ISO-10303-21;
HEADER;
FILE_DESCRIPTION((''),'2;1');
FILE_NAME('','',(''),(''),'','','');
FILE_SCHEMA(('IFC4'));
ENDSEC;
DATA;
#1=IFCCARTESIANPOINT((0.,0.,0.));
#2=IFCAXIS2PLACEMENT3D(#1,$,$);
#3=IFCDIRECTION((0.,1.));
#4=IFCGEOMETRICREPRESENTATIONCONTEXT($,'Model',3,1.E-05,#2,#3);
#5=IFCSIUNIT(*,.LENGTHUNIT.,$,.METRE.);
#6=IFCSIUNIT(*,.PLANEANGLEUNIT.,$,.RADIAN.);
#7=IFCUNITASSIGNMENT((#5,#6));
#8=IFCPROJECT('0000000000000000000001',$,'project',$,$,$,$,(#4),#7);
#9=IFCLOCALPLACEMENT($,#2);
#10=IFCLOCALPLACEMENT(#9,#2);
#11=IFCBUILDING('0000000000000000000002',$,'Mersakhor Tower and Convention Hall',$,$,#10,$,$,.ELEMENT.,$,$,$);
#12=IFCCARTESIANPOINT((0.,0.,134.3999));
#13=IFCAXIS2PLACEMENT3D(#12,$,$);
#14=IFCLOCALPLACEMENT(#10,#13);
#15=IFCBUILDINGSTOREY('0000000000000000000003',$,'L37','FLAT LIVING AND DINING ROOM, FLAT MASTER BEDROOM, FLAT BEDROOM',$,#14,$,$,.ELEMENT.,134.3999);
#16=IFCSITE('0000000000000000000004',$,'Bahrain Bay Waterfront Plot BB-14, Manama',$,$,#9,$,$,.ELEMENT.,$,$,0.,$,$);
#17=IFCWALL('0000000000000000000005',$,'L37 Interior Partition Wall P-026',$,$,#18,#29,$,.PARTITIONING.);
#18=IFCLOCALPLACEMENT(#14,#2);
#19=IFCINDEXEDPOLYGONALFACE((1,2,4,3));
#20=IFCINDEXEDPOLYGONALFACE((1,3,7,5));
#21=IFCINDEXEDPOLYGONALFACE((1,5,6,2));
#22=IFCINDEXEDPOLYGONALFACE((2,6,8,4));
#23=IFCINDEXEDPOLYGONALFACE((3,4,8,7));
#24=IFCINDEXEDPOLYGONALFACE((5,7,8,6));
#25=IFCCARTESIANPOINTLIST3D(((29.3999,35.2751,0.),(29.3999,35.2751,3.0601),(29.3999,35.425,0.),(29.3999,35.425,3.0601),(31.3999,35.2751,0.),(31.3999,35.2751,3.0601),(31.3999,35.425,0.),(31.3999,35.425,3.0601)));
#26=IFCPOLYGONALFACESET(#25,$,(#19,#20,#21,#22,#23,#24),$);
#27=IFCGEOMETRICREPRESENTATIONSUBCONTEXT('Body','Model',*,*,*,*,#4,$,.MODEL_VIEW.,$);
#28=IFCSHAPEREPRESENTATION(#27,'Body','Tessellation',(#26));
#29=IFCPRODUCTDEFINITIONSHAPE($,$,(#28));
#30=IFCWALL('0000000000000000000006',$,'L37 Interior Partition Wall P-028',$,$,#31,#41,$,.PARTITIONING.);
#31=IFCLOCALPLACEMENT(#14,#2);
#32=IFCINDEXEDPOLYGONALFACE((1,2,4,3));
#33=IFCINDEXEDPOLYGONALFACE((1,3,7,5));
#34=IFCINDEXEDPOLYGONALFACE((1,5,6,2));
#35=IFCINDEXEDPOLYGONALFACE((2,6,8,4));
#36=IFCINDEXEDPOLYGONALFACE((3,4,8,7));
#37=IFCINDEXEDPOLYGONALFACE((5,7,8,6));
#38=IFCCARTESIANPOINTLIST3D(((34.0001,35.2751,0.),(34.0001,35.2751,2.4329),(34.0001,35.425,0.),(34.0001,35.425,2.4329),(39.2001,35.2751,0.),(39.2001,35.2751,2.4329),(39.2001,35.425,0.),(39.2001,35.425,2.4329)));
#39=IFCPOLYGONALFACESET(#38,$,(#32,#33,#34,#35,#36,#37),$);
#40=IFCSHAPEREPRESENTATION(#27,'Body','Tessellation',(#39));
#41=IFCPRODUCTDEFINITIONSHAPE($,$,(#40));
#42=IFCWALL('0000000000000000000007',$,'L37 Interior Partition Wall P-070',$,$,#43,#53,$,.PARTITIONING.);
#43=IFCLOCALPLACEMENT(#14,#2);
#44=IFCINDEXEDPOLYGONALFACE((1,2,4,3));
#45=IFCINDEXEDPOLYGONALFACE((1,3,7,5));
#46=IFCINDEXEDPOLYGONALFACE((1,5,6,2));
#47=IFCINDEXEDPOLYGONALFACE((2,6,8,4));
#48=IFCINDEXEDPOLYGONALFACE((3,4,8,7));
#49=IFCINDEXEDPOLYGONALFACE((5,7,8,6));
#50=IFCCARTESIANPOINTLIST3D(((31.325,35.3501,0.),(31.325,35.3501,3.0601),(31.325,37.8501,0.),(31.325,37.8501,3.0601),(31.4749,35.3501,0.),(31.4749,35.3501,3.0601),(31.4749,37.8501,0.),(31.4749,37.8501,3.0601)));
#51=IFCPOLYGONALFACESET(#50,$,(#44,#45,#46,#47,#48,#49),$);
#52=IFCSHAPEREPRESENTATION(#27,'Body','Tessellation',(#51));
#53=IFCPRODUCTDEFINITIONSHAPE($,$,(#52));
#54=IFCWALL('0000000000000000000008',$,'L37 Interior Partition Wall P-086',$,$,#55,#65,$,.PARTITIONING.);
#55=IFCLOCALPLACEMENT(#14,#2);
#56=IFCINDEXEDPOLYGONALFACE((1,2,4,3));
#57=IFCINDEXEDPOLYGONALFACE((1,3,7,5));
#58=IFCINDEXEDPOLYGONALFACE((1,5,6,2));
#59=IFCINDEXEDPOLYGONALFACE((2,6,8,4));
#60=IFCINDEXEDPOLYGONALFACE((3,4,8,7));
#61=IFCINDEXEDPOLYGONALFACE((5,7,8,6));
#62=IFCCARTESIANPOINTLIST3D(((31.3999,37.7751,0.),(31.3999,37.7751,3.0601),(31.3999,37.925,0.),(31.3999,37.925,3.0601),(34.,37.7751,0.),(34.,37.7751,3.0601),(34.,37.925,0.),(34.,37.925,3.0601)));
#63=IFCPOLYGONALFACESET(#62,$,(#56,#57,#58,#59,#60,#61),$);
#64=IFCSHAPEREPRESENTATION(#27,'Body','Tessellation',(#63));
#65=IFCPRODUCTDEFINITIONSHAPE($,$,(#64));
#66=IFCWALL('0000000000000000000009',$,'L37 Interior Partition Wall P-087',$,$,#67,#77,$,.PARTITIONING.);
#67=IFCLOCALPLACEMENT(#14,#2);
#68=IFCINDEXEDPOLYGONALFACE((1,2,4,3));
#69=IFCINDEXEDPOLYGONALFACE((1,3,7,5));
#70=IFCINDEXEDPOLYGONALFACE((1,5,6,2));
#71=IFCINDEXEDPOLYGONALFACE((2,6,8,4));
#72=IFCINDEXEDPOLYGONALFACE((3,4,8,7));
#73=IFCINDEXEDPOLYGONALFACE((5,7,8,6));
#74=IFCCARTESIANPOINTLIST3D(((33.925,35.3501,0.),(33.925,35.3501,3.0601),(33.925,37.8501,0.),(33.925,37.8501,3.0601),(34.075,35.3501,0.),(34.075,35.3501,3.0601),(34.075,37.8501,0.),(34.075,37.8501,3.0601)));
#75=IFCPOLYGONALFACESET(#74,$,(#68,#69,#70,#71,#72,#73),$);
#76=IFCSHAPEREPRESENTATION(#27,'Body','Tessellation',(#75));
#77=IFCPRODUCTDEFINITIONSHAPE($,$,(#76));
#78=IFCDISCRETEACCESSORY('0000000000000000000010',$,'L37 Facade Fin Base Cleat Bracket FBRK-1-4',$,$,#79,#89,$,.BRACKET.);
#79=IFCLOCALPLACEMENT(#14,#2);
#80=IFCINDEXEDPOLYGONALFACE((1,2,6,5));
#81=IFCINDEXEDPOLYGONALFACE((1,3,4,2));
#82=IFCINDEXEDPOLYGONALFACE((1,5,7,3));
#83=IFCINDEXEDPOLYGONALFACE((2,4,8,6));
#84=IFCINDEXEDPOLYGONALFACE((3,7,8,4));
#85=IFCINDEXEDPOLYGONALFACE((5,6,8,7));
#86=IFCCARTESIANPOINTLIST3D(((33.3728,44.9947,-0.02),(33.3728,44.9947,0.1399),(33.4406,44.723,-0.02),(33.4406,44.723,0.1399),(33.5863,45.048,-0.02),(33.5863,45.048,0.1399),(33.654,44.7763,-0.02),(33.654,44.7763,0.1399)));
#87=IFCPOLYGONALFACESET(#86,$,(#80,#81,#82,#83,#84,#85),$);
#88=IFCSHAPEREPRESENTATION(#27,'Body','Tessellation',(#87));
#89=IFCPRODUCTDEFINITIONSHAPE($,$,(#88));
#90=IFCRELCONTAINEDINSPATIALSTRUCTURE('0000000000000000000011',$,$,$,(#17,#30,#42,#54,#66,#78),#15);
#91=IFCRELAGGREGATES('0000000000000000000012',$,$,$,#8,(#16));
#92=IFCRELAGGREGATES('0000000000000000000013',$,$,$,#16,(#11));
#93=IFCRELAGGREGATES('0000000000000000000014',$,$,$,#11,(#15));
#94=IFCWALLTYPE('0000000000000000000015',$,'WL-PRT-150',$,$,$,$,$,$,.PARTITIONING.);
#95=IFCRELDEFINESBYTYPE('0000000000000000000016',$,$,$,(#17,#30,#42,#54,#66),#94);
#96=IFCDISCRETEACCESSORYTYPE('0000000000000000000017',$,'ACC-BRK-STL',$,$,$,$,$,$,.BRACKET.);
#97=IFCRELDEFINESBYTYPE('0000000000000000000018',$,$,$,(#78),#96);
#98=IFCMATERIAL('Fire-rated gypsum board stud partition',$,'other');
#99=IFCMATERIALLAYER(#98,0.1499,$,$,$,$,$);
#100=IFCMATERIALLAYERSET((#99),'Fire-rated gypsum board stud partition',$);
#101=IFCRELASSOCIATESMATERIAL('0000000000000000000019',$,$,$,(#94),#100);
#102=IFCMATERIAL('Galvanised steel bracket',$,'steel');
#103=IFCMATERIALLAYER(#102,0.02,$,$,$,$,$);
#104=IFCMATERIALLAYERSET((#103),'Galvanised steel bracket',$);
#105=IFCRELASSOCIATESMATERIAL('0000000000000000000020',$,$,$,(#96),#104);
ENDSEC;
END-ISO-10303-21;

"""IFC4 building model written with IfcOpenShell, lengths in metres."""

from ifc_helpers import new_model, si_unit, direction, frame, frame_2d, origin, origin_2d, place, context, subcontext, project, spatial, rectangle, extrude, material, layer, layer_set, type_object, element, save


model = new_model("IFC4")

# Units and contexts
model_context = context("Model", 3, precision=1e-05, world=origin(), true_north=direction((0.0, 1.0)))
body_context = subcontext(model_context, "Body", "Model", "MODEL_VIEW")
ifc_project = project(units=[si_unit("LENGTHUNIT", "METRE"), si_unit("PLANEANGLEUNIT", "RADIAN")], contexts=[model_context])

# Site, building, storey
site_placement = place(None, origin())
site = spatial("IfcSite", under=ifc_project, at=site_placement, Name="Bahrain Bay Waterfront Plot BB-14, Manama", CompositionType="ELEMENT", RefElevation=0.0)
building_placement = place(site_placement, origin())
building = spatial("IfcBuilding", under=site, at=building_placement, Name="Mersakhor Tower and Convention Hall", CompositionType="ELEMENT")
storey_placement = place(building_placement, frame((0.0, 0.0, 134.3999)))
storey = spatial("IfcBuildingStorey", under=building, at=storey_placement, Name="L37", Description="FLAT LIVING AND DINING ROOM, FLAT MASTER BEDROOM, FLAT BEDROOM", CompositionType="ELEMENT", Elevation=134.3999)

# Wall
ifc_material_1 = material(Name="Fire-rated gypsum board stud partition", Category="other")
ifc_layer_1 = layer(ifc_material_1, 0.1499)
ifc_layer_set_1 = layer_set([ifc_layer_1], Name="Fire-rated gypsum board stud partition")
wall_type_1 = type_object("IfcWallType", Name="WL-PRT-150", PredefinedType="PARTITIONING", material=ifc_layer_set_1)
wall_1_placement = place(storey_placement, frame((29.3999, 35.3501, 0.0), z_axis=(0.0, 0.0, 1.0), x_axis=(1.0, 0.0, 0.0)))
element("IfcWall", 1, at=wall_1_placement, inside=storey, type_object=wall_type_1, Name="L37 Interior Partition Wall P-026", PredefinedType="PARTITIONING", context=body_context, shape_type="SweptSolid", body=[
    extrude(rectangle(XDim=2.0, YDim=0.1499, at=frame_2d((1.0, 0.0))), origin(), (0.0, 0.0, 1.0), 3.0601),
])

# Walls
wall_2_placement = place(storey_placement, frame((34.0, 35.3501, 0.0), z_axis=(0.0, 0.0, 1.0), x_axis=(1.0, 0.0, 0.0)))
element("IfcWall", 2, at=wall_2_placement, inside=storey, type_object=wall_type_1, Name="L37 Interior Partition Wall P-028", PredefinedType="PARTITIONING", context=body_context, shape_type="SweptSolid", body=[
    extrude(rectangle(XDim=5.2, YDim=0.1499, at=frame_2d((2.6001, 0.0))), origin(), (0.0, 0.0, 1.0), 2.4329),
])
wall_3_placement = place(storey_placement, frame((31.3999, 37.8501, 0.0), z_axis=(0.0, 0.0, 1.0), x_axis=(0.0, -1.0, 0.0)))
element("IfcWall", 3, at=wall_3_placement, inside=storey, type_object=wall_type_1, Name="L37 Interior Partition Wall P-070", PredefinedType="PARTITIONING", context=body_context, shape_type="SweptSolid", body=[
    extrude(rectangle(XDim=2.5, YDim=0.1499, at=frame_2d((1.25, 0.0))), origin(), (0.0, 0.0, 1.0), 3.0601),
])
wall_4_placement = place(storey_placement, frame((31.3999, 37.8501, 0.0), z_axis=(0.0, 0.0, 1.0), x_axis=(1.0, 0.0, 0.0)))
element("IfcWall", 4, at=wall_4_placement, inside=storey, type_object=wall_type_1, Name="L37 Interior Partition Wall P-086", PredefinedType="PARTITIONING", context=body_context, shape_type="SweptSolid", body=[
    extrude(rectangle(XDim=2.6001, YDim=0.1499, at=frame_2d((1.3, 0.0))), origin(), (0.0, 0.0, 1.0), 3.0601),
])
wall_5_placement = place(storey_placement, frame((34.0, 37.8501, 0.0), z_axis=(0.0, 0.0, 1.0), x_axis=(0.0, -1.0, 0.0)))
element("IfcWall", 5, at=wall_5_placement, inside=storey, type_object=wall_type_1, Name="L37 Interior Partition Wall P-087", PredefinedType="PARTITIONING", context=body_context, shape_type="SweptSolid", body=[
    extrude(rectangle(XDim=2.5, YDim=0.1499, at=frame_2d((1.25, 0.0))), origin(), (0.0, 0.0, 1.0), 3.0601),
])

# Discrete accessory
ifc_material_2 = material(Name="Galvanised steel bracket", Category="steel")
ifc_layer_2 = layer(ifc_material_2, 0.02)
ifc_layer_set_2 = layer_set([ifc_layer_2], Name="Galvanised steel bracket")
discrete_accessory_type = type_object("IfcDiscreteAccessoryType", Name="ACC-BRK-STL", PredefinedType="BRACKET", material=ifc_layer_set_2)
discrete_accessory_placement = place(storey_placement, frame((33.5134, 44.8855, -0.02), z_axis=(0.0, 0.0, 1.0), x_axis=(-0.241922, 0.970296, 0.0)))
element("IfcDiscreteAccessory", 6, at=discrete_accessory_placement, inside=storey, type_object=discrete_accessory_type, Name="L37 Facade Fin Base Cleat Bracket FBRK-1-4", PredefinedType="BRACKET", context=body_context, shape_type="SweptSolid", body=[
    extrude(rectangle(XDim=0.28, YDim=0.22, at=origin_2d()), origin(), (0.0, 0.0, 1.0), 0.1599),
])

save(model, "model.ifc")
